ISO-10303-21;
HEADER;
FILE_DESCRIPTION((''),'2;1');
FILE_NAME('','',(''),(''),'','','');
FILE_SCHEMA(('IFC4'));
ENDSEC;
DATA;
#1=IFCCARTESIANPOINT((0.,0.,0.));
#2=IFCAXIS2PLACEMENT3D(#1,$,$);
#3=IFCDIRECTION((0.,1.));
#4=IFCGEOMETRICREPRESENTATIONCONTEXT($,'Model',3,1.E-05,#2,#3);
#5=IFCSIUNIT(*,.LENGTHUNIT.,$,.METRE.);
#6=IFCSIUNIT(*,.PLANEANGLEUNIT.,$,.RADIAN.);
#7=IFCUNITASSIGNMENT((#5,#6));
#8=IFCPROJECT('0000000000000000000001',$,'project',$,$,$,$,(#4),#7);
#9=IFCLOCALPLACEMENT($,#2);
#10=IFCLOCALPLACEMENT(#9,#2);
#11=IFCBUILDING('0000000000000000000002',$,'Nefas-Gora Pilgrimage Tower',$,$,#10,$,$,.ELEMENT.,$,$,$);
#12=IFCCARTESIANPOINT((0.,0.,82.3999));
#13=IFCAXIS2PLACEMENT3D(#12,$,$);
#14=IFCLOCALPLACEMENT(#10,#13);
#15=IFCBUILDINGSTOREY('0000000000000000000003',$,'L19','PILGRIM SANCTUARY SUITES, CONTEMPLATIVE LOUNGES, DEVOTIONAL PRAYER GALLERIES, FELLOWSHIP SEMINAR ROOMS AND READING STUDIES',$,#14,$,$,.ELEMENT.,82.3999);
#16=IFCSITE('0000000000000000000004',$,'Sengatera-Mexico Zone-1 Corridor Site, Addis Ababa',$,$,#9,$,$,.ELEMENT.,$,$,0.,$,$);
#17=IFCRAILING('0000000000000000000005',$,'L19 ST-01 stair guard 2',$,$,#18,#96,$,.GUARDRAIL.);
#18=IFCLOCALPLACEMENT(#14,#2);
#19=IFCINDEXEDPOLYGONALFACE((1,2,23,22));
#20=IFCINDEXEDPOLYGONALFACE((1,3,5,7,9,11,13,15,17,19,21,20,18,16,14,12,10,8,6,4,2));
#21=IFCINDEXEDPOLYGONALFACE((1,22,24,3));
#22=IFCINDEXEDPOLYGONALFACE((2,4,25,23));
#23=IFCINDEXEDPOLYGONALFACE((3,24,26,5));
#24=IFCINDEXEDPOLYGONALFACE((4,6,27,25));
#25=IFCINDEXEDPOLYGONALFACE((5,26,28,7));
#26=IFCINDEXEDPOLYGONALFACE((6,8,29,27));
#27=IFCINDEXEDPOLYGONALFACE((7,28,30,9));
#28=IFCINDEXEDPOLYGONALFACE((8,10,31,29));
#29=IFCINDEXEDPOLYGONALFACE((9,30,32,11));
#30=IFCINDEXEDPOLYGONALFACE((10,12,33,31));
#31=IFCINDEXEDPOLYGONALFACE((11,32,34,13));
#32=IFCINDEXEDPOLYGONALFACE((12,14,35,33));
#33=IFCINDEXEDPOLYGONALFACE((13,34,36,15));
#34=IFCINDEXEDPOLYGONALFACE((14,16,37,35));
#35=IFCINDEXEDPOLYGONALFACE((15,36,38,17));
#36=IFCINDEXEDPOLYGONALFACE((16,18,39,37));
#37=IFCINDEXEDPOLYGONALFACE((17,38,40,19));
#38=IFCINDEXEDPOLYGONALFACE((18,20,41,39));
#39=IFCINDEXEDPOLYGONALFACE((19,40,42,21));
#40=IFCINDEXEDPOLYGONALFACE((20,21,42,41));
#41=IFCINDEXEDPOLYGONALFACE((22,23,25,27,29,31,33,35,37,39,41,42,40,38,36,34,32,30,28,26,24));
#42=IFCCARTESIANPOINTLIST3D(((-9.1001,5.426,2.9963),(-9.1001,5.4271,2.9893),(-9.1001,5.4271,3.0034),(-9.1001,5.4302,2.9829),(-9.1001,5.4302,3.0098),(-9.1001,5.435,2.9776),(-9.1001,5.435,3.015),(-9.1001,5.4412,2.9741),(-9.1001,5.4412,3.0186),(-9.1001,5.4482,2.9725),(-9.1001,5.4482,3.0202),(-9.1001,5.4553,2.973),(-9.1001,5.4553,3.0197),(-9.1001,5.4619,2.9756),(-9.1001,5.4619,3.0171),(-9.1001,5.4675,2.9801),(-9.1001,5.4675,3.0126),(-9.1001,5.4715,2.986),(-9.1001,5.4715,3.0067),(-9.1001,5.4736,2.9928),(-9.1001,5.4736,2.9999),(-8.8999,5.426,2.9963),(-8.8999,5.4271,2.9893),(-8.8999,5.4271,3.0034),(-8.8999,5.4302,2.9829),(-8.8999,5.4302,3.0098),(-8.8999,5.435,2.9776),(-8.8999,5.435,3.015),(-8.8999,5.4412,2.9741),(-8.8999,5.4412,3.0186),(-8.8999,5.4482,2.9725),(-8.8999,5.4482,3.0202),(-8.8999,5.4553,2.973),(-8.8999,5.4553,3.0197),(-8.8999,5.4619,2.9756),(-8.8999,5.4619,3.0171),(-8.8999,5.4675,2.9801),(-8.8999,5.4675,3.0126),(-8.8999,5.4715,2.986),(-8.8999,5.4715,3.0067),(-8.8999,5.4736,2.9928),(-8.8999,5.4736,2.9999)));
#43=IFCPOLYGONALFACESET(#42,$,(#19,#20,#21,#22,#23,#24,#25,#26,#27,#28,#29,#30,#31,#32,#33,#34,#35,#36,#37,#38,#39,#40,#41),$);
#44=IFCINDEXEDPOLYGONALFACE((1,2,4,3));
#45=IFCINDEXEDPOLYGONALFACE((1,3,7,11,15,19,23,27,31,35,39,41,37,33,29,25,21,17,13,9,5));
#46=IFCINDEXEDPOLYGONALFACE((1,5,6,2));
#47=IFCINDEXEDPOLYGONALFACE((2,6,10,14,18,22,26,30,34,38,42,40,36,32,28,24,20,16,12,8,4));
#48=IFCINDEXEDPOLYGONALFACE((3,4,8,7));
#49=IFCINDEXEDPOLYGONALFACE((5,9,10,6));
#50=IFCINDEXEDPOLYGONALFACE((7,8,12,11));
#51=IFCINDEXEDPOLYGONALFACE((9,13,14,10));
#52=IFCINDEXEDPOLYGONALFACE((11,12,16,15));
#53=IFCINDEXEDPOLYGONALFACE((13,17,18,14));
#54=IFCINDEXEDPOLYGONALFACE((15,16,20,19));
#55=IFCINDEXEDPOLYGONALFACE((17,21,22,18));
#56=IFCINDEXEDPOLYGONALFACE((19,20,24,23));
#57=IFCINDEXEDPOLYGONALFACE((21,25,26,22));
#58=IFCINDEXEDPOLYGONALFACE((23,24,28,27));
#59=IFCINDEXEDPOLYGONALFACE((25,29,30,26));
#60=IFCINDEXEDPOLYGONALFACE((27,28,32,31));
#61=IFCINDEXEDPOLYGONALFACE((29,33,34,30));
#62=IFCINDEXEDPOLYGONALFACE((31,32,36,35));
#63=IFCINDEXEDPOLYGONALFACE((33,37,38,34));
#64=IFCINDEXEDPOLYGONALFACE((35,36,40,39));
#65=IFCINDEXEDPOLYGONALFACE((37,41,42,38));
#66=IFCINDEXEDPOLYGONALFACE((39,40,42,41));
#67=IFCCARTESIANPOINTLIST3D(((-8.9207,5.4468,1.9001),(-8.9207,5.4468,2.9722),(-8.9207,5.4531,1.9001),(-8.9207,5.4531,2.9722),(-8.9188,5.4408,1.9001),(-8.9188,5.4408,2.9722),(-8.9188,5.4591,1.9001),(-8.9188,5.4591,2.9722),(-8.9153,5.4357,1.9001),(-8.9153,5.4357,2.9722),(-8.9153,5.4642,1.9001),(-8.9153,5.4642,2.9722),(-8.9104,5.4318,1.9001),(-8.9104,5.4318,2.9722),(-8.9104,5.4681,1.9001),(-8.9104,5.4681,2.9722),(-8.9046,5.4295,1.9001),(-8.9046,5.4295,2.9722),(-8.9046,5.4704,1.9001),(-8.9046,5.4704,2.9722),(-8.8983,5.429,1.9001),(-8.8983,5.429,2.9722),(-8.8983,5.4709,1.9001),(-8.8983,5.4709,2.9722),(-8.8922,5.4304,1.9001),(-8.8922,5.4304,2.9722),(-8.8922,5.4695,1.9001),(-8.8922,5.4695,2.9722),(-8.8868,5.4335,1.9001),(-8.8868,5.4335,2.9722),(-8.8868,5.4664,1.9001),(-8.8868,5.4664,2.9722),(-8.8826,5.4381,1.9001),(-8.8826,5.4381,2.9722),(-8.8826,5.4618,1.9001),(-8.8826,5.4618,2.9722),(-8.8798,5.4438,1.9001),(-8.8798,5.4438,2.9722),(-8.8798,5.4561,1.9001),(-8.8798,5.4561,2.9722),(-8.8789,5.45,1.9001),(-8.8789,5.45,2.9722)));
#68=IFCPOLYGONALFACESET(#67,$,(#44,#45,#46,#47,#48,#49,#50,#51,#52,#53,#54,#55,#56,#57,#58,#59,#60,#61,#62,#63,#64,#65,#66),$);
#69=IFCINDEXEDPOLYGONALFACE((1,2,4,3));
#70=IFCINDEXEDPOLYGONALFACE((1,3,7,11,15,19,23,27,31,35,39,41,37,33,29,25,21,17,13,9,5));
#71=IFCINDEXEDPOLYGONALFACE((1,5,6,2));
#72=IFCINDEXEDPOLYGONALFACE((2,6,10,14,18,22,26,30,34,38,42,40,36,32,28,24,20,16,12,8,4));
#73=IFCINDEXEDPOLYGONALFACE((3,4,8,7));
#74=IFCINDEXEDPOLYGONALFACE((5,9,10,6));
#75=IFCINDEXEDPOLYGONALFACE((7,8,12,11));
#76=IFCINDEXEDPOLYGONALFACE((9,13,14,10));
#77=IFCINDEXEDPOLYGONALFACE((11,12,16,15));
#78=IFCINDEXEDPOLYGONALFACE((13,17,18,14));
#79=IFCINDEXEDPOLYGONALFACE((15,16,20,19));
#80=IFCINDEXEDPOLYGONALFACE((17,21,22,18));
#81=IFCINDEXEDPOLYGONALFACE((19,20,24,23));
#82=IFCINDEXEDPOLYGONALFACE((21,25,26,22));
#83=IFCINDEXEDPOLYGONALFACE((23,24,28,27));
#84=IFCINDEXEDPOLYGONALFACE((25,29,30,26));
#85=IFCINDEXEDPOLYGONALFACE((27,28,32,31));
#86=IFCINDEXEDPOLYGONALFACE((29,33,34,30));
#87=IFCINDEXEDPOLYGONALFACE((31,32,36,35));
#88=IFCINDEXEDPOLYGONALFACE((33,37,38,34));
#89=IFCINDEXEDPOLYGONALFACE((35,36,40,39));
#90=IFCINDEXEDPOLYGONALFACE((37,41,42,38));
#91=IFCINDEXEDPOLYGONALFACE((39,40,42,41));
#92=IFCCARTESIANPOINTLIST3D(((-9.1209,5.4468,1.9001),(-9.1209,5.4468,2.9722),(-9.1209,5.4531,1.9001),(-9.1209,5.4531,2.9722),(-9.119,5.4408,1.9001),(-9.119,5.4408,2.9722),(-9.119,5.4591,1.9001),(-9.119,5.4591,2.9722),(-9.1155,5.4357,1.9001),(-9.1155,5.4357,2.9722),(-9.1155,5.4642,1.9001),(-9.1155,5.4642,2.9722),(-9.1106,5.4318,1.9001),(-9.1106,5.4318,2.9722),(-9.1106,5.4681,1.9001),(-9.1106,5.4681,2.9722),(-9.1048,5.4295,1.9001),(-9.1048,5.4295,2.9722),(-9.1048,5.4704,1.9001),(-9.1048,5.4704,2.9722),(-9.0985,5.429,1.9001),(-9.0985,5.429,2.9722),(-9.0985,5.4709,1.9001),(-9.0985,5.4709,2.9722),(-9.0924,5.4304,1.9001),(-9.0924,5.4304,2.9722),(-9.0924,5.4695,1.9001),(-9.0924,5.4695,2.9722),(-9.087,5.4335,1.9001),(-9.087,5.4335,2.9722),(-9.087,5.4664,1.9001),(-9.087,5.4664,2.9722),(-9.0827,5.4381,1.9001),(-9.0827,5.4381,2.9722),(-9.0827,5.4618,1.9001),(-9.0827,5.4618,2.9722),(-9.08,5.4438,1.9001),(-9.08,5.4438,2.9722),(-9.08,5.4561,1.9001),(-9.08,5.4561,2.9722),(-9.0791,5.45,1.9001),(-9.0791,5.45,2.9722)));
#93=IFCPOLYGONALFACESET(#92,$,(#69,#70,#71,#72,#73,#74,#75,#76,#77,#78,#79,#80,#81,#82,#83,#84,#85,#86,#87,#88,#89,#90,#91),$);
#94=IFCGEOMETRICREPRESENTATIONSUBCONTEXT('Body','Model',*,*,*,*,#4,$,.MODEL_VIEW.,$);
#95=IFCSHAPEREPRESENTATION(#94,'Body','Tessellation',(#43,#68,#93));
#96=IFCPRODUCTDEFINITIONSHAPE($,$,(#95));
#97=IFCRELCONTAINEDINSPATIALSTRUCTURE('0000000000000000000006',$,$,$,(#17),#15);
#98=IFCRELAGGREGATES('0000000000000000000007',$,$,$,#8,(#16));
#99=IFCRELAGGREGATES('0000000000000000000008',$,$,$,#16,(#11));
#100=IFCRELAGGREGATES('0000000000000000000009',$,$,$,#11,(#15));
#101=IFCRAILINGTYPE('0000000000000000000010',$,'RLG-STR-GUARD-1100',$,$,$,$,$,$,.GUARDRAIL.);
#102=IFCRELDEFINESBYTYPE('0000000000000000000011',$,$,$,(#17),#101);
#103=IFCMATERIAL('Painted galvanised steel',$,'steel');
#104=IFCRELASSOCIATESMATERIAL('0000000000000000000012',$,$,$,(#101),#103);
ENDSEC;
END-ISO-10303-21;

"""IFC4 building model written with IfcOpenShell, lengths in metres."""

from ifc_helpers import new_model, si_unit, direction, frame, origin, origin_2d, place, context, subcontext, project, spatial, circle, extrude, material, type_object, element, save


model = new_model("IFC4")

# Units and contexts
model_context = context("Model", 3, precision=1e-05, world=origin(), true_north=direction((0.0, 1.0)))
body_context = subcontext(model_context, "Body", "Model", "MODEL_VIEW")
ifc_project = project(units=[si_unit("LENGTHUNIT", "METRE"), si_unit("PLANEANGLEUNIT", "RADIAN")], contexts=[model_context])

# Site, building, storey
site_placement = place(None, origin())
site = spatial("IfcSite", under=ifc_project, at=site_placement, Name="Sengatera-Mexico Zone-1 Corridor Site, Addis Ababa", CompositionType="ELEMENT", RefElevation=0.0)
building_placement = place(site_placement, origin())
building = spatial("IfcBuilding", under=site, at=building_placement, Name="Nefas-Gora Pilgrimage Tower", CompositionType="ELEMENT")
storey_placement = place(building_placement, frame((0.0, 0.0, 82.3999)))
storey = spatial("IfcBuildingStorey", under=building, at=storey_placement, Name="L19", Description="PILGRIM SANCTUARY SUITES, CONTEMPLATIVE LOUNGES, DEVOTIONAL PRAYER GALLERIES, FELLOWSHIP SEMINAR ROOMS AND READING STUDIES", CompositionType="ELEMENT", Elevation=82.3999)

# Railing
ifc_material_1 = material(Name="Painted galvanised steel", Category="steel")
railing_type_1 = type_object("IfcRailingType", Name="RLG-STR-GUARD-1100", PredefinedType="GUARDRAIL", material=ifc_material_1)
railing_1_placement = place(storey_placement, frame((-8.8999, 5.45, 1.9001)))
element("IfcRailing", 1, at=railing_1_placement, inside=storey, type_object=railing_type_1, Name="L19 ST-01 stair guard 2", PredefinedType="GUARDRAIL", context=body_context, shape_type="SweptSolid", body=[
    extrude(circle(Radius=0.0239, at=origin_2d()), frame((0.0, 0.0, 1.0962), z_axis=(-1.0, 0.0, 0.0), x_axis=(0.0, -1.0, 0.0)), (0.0, 0.0, 1.0), 0.2002),
    extrude(circle(Radius=0.021, at=origin_2d()), origin(), (0.0, 0.0, 1.0), 1.072),
    extrude(circle(Radius=0.021, at=origin_2d()), frame((-0.2002, 0.0, 0.0)), (0.0, 0.0, 1.0), 1.072),
])

save(model, "model.ifc")
